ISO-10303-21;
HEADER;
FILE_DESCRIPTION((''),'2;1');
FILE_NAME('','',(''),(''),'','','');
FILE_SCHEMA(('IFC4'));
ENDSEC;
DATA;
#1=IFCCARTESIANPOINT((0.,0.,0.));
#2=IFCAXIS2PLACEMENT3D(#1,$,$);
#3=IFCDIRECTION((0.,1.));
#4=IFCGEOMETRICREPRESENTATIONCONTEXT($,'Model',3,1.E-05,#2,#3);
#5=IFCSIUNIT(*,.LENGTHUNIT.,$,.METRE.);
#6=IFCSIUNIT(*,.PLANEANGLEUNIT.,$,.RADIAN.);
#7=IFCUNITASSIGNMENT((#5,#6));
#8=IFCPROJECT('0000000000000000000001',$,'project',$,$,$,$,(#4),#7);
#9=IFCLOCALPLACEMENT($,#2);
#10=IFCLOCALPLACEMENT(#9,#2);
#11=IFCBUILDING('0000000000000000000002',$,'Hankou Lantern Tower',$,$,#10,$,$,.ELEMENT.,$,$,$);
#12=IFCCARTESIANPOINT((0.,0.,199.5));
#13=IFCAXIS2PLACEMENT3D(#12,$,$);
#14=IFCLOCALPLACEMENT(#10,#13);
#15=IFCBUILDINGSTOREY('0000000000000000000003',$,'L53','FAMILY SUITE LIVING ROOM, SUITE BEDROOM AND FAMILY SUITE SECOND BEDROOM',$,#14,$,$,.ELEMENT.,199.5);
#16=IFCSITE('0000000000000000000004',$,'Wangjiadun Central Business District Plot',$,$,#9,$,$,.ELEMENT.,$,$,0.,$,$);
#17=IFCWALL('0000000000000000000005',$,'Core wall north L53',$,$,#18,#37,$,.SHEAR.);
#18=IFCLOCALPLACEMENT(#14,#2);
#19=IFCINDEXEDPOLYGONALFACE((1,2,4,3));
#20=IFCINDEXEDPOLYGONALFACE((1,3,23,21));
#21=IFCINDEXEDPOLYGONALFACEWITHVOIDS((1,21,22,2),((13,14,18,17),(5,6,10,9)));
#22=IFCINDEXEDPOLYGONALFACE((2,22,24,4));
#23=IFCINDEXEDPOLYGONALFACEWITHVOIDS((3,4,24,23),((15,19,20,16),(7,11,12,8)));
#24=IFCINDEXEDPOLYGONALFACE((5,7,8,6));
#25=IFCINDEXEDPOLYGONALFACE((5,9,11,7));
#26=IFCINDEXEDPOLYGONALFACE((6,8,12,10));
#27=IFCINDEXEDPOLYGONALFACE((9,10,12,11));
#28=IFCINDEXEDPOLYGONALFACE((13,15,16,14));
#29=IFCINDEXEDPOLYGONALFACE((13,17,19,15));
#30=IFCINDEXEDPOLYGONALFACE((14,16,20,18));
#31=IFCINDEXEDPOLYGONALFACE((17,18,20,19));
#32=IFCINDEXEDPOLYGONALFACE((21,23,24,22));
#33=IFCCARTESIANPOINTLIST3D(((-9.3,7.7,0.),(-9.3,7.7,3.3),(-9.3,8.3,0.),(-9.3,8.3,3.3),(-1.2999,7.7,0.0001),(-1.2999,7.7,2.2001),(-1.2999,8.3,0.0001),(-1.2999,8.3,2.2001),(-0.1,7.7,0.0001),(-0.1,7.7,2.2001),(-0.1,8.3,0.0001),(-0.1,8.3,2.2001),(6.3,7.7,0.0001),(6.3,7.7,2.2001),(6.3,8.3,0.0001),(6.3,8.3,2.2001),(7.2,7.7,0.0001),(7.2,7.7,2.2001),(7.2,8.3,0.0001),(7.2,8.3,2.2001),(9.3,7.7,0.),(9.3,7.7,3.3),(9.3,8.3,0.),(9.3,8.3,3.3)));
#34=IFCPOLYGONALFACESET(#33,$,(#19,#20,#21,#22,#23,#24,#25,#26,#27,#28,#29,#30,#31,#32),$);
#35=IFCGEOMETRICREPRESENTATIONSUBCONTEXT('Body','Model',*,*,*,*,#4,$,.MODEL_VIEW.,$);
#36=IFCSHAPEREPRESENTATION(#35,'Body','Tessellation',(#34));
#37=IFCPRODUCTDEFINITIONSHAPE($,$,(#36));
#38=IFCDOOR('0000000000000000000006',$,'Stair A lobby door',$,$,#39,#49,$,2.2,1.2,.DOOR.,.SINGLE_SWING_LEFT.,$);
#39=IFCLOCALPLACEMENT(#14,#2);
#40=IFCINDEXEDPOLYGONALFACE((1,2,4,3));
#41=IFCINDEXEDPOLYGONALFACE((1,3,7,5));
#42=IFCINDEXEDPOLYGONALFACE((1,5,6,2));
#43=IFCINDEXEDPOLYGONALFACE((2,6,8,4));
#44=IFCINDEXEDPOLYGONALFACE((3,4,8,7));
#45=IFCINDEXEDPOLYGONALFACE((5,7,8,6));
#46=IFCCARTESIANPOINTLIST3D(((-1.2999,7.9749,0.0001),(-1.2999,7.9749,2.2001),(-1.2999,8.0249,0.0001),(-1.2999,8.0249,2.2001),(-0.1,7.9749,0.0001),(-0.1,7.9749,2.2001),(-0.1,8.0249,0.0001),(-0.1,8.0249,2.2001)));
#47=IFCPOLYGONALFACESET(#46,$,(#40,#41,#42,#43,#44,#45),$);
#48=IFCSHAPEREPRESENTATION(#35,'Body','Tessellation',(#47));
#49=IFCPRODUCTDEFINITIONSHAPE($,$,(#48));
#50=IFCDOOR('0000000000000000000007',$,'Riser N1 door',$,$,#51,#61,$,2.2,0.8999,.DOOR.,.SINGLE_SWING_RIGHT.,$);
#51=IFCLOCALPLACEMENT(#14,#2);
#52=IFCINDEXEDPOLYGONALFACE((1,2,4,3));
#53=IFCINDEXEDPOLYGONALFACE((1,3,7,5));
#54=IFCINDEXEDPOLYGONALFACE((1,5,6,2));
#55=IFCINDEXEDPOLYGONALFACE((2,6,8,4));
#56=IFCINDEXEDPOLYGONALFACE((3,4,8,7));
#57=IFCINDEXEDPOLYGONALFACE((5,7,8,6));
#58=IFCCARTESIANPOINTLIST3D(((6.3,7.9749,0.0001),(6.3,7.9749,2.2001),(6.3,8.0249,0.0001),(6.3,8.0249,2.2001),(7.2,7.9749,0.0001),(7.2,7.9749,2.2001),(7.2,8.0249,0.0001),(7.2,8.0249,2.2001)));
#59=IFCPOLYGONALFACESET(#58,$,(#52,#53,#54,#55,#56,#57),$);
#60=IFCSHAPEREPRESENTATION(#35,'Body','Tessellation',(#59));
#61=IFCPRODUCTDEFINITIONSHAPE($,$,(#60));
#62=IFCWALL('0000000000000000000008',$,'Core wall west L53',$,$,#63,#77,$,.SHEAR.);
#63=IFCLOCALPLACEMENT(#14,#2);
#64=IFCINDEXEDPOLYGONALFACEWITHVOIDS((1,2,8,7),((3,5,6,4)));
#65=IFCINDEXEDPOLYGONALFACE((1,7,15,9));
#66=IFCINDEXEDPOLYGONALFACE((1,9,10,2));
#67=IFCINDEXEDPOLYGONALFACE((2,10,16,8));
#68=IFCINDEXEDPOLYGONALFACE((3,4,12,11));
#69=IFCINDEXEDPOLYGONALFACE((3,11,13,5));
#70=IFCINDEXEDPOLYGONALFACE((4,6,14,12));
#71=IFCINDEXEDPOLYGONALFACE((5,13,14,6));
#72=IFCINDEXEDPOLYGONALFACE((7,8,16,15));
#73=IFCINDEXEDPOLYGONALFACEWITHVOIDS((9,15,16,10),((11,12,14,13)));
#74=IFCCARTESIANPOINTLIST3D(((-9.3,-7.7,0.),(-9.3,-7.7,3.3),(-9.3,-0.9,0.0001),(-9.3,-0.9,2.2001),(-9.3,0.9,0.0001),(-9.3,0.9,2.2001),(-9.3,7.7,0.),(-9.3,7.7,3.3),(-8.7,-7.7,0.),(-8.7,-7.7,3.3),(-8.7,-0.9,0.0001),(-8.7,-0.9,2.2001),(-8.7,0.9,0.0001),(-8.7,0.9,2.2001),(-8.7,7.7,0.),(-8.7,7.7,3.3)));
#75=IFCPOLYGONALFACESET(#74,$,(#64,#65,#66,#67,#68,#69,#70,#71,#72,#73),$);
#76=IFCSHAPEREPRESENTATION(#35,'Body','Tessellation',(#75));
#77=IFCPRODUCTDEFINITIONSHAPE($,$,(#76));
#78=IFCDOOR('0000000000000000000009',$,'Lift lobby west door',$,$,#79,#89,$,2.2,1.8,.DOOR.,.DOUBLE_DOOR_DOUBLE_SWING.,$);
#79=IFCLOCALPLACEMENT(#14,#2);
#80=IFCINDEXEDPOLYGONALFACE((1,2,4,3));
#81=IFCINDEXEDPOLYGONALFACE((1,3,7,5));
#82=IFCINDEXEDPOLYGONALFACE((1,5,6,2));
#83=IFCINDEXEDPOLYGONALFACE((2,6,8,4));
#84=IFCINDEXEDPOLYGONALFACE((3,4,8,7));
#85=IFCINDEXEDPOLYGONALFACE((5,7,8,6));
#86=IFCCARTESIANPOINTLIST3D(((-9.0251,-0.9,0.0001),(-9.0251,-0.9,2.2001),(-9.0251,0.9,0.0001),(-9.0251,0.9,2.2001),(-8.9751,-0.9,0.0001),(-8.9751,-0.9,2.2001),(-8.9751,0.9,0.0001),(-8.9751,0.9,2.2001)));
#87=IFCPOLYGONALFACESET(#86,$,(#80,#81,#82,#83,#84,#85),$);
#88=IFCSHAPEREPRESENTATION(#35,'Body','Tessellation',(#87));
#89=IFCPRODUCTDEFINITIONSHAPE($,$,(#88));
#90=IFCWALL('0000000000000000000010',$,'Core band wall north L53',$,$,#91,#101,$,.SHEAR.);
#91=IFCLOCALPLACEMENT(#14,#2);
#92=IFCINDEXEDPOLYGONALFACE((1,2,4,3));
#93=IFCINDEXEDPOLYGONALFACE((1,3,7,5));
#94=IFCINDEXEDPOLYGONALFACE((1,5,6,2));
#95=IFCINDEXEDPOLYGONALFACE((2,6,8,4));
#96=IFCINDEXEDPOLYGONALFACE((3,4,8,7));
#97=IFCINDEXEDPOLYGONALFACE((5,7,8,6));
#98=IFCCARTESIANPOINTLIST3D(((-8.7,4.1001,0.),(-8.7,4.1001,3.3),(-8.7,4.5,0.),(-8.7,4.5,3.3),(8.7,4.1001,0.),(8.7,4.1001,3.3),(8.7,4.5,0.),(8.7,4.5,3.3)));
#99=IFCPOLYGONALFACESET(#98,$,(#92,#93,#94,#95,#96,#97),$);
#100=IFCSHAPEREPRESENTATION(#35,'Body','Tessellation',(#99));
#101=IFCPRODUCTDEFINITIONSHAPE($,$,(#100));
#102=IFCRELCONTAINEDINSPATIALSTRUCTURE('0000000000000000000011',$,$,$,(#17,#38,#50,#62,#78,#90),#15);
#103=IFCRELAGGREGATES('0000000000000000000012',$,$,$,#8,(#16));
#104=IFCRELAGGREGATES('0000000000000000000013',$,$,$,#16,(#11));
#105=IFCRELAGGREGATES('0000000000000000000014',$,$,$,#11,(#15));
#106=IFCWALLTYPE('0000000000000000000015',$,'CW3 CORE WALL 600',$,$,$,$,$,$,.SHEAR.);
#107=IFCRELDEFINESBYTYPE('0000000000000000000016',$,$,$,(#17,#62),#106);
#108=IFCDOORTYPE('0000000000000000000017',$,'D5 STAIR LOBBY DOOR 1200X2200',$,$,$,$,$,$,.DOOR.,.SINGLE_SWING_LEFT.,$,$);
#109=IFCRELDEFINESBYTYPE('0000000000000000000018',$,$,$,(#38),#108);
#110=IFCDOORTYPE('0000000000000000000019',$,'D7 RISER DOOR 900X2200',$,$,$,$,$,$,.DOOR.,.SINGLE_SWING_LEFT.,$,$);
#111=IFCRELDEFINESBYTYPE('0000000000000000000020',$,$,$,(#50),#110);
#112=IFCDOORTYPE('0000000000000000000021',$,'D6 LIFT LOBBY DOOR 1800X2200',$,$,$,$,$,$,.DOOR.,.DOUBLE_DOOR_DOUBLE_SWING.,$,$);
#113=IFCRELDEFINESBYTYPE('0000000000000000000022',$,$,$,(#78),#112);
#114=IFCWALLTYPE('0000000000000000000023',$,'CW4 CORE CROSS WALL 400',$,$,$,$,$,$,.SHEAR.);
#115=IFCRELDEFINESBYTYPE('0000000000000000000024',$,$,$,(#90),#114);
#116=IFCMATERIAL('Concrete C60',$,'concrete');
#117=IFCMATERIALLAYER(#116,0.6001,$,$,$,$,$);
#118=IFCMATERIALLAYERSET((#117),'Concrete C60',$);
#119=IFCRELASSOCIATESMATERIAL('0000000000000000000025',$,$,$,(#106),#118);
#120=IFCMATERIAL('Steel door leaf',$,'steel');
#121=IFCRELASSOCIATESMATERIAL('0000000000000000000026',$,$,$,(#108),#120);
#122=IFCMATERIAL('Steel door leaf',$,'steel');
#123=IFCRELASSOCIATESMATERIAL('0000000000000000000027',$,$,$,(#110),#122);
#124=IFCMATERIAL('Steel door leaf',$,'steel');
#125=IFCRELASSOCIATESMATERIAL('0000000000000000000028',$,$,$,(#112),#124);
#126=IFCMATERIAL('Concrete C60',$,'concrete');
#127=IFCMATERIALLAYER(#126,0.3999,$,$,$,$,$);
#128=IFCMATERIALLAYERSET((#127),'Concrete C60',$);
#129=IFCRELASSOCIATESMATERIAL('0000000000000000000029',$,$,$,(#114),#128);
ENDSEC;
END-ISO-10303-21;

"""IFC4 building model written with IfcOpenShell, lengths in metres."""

from ifc_helpers import new_model, si_unit, direction, frame, frame_2d, origin, place, context, subcontext, project, spatial, rectangle, extrude, material, layer, layer_set, type_object, element, fill, save


model = new_model("IFC4")

# Units and contexts
model_context = context("Model", 3, precision=1e-05, world=origin(), true_north=direction((0.0, 1.0)))
body_context = subcontext(model_context, "Body", "Model", "MODEL_VIEW")
ifc_project = project(units=[si_unit("LENGTHUNIT", "METRE"), si_unit("PLANEANGLEUNIT", "RADIAN")], contexts=[model_context])

# Site, building, storey
site_placement = place(None, origin())
site = spatial("IfcSite", under=ifc_project, at=site_placement, Name="Wangjiadun Central Business District Plot", CompositionType="ELEMENT", RefElevation=0.0)
building_placement = place(site_placement, origin())
building = spatial("IfcBuilding", under=site, at=building_placement, Name="Hankou Lantern Tower", CompositionType="ELEMENT")
storey_placement = place(building_placement, frame((0.0, 0.0, 199.5)))
storey = spatial("IfcBuildingStorey", under=building, at=storey_placement, Name="L53", Description="FAMILY SUITE LIVING ROOM, SUITE BEDROOM AND FAMILY SUITE SECOND BEDROOM", CompositionType="ELEMENT", Elevation=199.5)

# Wall, openings, doors
ifc_material_1 = material(Name="Concrete C60", Category="concrete")
ifc_layer_1 = layer(ifc_material_1, 0.6001)
ifc_layer_set_1 = layer_set([ifc_layer_1], Name="Concrete C60")
wall_type_1 = type_object("IfcWallType", Name="CW3 CORE WALL 600", PredefinedType="SHEAR", material=ifc_layer_set_1)
wall_1_placement = place(storey_placement, frame((-9.3, 8.0, 0.0), z_axis=(0.0, 0.0, 1.0), x_axis=(1.0, 0.0, 0.0)))
wall_1 = element("IfcWall", 1, at=wall_1_placement, inside=storey, type_object=wall_type_1, Name="Core wall north L53", PredefinedType="SHEAR", context=body_context, shape_type="SweptSolid", body=[
    extrude(rectangle(XDim=18.6001, YDim=0.6001, at=frame_2d((9.3, 0.0))), origin(), (0.0, 0.0, 1.0), 3.3),
])
opening_1_placement = place(wall_1_placement, frame((8.0, 0.0, 0.0)))
opening_1 = element("IfcOpeningElement", 2, at=opening_1_placement, cuts=wall_1, PredefinedType="OPENING", context=body_context, shape_type="SweptSolid", body=[
    extrude(rectangle(XDim=1.2, YDim=2.2, at=frame_2d((0.6001, 1.1001))), frame((0.0, 0.3101, 0.0), z_axis=(0.0, -1.0, 0.0), x_axis=(1.0, 0.0, 0.0)), (0.0, 0.0, 1.0), 0.6201),
])
opening_2_placement = place(wall_1_placement, frame((15.6001, 0.0, 0.0)))
opening_2 = element("IfcOpeningElement", 3, at=opening_2_placement, cuts=wall_1, PredefinedType="OPENING", context=body_context, shape_type="SweptSolid", body=[
    extrude(rectangle(XDim=0.8999, YDim=2.2, at=frame_2d((0.45, 1.1001))), frame((0.0, 0.3101, 0.0), z_axis=(0.0, -1.0, 0.0), x_axis=(1.0, 0.0, 0.0)), (0.0, 0.0, 1.0), 0.6201),
])
ifc_material_2 = material(Name="Steel door leaf", Category="steel")
door_type_1 = type_object("IfcDoorType", Name="D5 STAIR LOBBY DOOR 1200X2200", OperationType="SINGLE_SWING_LEFT", PredefinedType="DOOR", material=ifc_material_2)
door_1_placement = place(opening_1_placement, origin())
door_1 = element("IfcDoor", 4, at=door_1_placement, inside=storey, type_object=door_type_1, Name="Stair A lobby door", OperationType="SINGLE_SWING_LEFT", OverallHeight=2.2, OverallWidth=1.2, PredefinedType="DOOR", context=body_context, shape_type="SweptSolid", body=[
    extrude(rectangle(XDim=1.2, YDim=2.2, at=frame_2d((0.6001, 1.1001))), frame((0.0, 0.0249, 0.0), z_axis=(0.0, -1.0, 0.0), x_axis=(1.0, 0.0, 0.0)), (0.0, 0.0, 1.0), 0.05),
])
fill(opening_1, door_1)
ifc_material_3 = material(Name="Steel door leaf", Category="steel")
door_type_2 = type_object("IfcDoorType", Name="D7 RISER DOOR 900X2200", OperationType="SINGLE_SWING_LEFT", PredefinedType="DOOR", material=ifc_material_3)
door_2_placement = place(opening_2_placement, origin())
door_2 = element("IfcDoor", 5, at=door_2_placement, inside=storey, type_object=door_type_2, Name="Riser N1 door", OperationType="SINGLE_SWING_RIGHT", OverallHeight=2.2, OverallWidth=0.8999, PredefinedType="DOOR", context=body_context, shape_type="SweptSolid", body=[
    extrude(rectangle(XDim=0.8999, YDim=2.2, at=frame_2d((0.45, 1.1001))), frame((0.0, 0.0249, 0.0), z_axis=(0.0, -1.0, 0.0), x_axis=(1.0, 0.0, 0.0)), (0.0, 0.0, 1.0), 0.05),
])
fill(opening_2, door_2)

# Wall, opening, door
wall_2_placement = place(storey_placement, frame((-9.0, 7.7, 0.0), z_axis=(0.0, 0.0, 1.0), x_axis=(0.0, -1.0, 0.0)))
wall_2 = element("IfcWall", 6, at=wall_2_placement, inside=storey, type_object=wall_type_1, Name="Core wall west L53", PredefinedType="SHEAR", context=body_context, shape_type="SweptSolid", body=[
    extrude(rectangle(XDim=15.3999, YDim=0.6001, at=frame_2d((7.7, 0.0))), origin(), (0.0, 0.0, 1.0), 3.3),
])
opening_3_placement = place(wall_2_placement, frame((6.8, 0.0, 0.0)))
opening_3 = element("IfcOpeningElement", 7, at=opening_3_placement, cuts=wall_2, PredefinedType="OPENING", context=body_context, shape_type="SweptSolid", body=[
    extrude(rectangle(XDim=1.8, YDim=2.2, at=frame_2d((0.8999, 1.1001))), frame((0.0, 0.3101, 0.0), z_axis=(0.0, -1.0, 0.0), x_axis=(1.0, 0.0, 0.0)), (0.0, 0.0, 1.0), 0.6201),
])
ifc_material_4 = material(Name="Steel door leaf", Category="steel")
door_type_3 = type_object("IfcDoorType", Name="D6 LIFT LOBBY DOOR 1800X2200", OperationType="DOUBLE_DOOR_DOUBLE_SWING", PredefinedType="DOOR", material=ifc_material_4)
door_3_placement = place(opening_3_placement, origin())
door_3 = element("IfcDoor", 8, at=door_3_placement, inside=storey, type_object=door_type_3, Name="Lift lobby west door", OperationType="DOUBLE_DOOR_DOUBLE_SWING", OverallHeight=2.2, OverallWidth=1.8, PredefinedType="DOOR", context=body_context, shape_type="SweptSolid", body=[
    extrude(rectangle(XDim=1.8, YDim=2.2, at=frame_2d((0.8999, 1.1001))), frame((0.0, 0.0249, 0.0), z_axis=(0.0, -1.0, 0.0), x_axis=(1.0, 0.0, 0.0)), (0.0, 0.0, 1.0), 0.05),
])
fill(opening_3, door_3)

# Wall
ifc_material_5 = material(Name="Concrete C60", Category="concrete")
ifc_layer_2 = layer(ifc_material_5, 0.3999)
ifc_layer_set_2 = layer_set([ifc_layer_2], Name="Concrete C60")
wall_type_2 = type_object("IfcWallType", Name="CW4 CORE CROSS WALL 400", PredefinedType="SHEAR", material=ifc_layer_set_2)
wall_3_placement = place(storey_placement, frame((-8.7, 4.3, 0.0), z_axis=(0.0, 0.0, 1.0), x_axis=(1.0, 0.0, 0.0)))
element("IfcWall", 9, at=wall_3_placement, inside=storey, type_object=wall_type_2, Name="Core band wall north L53", PredefinedType="SHEAR", context=body_context, shape_type="SweptSolid", body=[
    extrude(rectangle(XDim=17.3999, YDim=0.3999, at=frame_2d((8.7, 0.0))), origin(), (0.0, 0.0, 1.0), 3.3),
])

save(model, "model.ifc")
